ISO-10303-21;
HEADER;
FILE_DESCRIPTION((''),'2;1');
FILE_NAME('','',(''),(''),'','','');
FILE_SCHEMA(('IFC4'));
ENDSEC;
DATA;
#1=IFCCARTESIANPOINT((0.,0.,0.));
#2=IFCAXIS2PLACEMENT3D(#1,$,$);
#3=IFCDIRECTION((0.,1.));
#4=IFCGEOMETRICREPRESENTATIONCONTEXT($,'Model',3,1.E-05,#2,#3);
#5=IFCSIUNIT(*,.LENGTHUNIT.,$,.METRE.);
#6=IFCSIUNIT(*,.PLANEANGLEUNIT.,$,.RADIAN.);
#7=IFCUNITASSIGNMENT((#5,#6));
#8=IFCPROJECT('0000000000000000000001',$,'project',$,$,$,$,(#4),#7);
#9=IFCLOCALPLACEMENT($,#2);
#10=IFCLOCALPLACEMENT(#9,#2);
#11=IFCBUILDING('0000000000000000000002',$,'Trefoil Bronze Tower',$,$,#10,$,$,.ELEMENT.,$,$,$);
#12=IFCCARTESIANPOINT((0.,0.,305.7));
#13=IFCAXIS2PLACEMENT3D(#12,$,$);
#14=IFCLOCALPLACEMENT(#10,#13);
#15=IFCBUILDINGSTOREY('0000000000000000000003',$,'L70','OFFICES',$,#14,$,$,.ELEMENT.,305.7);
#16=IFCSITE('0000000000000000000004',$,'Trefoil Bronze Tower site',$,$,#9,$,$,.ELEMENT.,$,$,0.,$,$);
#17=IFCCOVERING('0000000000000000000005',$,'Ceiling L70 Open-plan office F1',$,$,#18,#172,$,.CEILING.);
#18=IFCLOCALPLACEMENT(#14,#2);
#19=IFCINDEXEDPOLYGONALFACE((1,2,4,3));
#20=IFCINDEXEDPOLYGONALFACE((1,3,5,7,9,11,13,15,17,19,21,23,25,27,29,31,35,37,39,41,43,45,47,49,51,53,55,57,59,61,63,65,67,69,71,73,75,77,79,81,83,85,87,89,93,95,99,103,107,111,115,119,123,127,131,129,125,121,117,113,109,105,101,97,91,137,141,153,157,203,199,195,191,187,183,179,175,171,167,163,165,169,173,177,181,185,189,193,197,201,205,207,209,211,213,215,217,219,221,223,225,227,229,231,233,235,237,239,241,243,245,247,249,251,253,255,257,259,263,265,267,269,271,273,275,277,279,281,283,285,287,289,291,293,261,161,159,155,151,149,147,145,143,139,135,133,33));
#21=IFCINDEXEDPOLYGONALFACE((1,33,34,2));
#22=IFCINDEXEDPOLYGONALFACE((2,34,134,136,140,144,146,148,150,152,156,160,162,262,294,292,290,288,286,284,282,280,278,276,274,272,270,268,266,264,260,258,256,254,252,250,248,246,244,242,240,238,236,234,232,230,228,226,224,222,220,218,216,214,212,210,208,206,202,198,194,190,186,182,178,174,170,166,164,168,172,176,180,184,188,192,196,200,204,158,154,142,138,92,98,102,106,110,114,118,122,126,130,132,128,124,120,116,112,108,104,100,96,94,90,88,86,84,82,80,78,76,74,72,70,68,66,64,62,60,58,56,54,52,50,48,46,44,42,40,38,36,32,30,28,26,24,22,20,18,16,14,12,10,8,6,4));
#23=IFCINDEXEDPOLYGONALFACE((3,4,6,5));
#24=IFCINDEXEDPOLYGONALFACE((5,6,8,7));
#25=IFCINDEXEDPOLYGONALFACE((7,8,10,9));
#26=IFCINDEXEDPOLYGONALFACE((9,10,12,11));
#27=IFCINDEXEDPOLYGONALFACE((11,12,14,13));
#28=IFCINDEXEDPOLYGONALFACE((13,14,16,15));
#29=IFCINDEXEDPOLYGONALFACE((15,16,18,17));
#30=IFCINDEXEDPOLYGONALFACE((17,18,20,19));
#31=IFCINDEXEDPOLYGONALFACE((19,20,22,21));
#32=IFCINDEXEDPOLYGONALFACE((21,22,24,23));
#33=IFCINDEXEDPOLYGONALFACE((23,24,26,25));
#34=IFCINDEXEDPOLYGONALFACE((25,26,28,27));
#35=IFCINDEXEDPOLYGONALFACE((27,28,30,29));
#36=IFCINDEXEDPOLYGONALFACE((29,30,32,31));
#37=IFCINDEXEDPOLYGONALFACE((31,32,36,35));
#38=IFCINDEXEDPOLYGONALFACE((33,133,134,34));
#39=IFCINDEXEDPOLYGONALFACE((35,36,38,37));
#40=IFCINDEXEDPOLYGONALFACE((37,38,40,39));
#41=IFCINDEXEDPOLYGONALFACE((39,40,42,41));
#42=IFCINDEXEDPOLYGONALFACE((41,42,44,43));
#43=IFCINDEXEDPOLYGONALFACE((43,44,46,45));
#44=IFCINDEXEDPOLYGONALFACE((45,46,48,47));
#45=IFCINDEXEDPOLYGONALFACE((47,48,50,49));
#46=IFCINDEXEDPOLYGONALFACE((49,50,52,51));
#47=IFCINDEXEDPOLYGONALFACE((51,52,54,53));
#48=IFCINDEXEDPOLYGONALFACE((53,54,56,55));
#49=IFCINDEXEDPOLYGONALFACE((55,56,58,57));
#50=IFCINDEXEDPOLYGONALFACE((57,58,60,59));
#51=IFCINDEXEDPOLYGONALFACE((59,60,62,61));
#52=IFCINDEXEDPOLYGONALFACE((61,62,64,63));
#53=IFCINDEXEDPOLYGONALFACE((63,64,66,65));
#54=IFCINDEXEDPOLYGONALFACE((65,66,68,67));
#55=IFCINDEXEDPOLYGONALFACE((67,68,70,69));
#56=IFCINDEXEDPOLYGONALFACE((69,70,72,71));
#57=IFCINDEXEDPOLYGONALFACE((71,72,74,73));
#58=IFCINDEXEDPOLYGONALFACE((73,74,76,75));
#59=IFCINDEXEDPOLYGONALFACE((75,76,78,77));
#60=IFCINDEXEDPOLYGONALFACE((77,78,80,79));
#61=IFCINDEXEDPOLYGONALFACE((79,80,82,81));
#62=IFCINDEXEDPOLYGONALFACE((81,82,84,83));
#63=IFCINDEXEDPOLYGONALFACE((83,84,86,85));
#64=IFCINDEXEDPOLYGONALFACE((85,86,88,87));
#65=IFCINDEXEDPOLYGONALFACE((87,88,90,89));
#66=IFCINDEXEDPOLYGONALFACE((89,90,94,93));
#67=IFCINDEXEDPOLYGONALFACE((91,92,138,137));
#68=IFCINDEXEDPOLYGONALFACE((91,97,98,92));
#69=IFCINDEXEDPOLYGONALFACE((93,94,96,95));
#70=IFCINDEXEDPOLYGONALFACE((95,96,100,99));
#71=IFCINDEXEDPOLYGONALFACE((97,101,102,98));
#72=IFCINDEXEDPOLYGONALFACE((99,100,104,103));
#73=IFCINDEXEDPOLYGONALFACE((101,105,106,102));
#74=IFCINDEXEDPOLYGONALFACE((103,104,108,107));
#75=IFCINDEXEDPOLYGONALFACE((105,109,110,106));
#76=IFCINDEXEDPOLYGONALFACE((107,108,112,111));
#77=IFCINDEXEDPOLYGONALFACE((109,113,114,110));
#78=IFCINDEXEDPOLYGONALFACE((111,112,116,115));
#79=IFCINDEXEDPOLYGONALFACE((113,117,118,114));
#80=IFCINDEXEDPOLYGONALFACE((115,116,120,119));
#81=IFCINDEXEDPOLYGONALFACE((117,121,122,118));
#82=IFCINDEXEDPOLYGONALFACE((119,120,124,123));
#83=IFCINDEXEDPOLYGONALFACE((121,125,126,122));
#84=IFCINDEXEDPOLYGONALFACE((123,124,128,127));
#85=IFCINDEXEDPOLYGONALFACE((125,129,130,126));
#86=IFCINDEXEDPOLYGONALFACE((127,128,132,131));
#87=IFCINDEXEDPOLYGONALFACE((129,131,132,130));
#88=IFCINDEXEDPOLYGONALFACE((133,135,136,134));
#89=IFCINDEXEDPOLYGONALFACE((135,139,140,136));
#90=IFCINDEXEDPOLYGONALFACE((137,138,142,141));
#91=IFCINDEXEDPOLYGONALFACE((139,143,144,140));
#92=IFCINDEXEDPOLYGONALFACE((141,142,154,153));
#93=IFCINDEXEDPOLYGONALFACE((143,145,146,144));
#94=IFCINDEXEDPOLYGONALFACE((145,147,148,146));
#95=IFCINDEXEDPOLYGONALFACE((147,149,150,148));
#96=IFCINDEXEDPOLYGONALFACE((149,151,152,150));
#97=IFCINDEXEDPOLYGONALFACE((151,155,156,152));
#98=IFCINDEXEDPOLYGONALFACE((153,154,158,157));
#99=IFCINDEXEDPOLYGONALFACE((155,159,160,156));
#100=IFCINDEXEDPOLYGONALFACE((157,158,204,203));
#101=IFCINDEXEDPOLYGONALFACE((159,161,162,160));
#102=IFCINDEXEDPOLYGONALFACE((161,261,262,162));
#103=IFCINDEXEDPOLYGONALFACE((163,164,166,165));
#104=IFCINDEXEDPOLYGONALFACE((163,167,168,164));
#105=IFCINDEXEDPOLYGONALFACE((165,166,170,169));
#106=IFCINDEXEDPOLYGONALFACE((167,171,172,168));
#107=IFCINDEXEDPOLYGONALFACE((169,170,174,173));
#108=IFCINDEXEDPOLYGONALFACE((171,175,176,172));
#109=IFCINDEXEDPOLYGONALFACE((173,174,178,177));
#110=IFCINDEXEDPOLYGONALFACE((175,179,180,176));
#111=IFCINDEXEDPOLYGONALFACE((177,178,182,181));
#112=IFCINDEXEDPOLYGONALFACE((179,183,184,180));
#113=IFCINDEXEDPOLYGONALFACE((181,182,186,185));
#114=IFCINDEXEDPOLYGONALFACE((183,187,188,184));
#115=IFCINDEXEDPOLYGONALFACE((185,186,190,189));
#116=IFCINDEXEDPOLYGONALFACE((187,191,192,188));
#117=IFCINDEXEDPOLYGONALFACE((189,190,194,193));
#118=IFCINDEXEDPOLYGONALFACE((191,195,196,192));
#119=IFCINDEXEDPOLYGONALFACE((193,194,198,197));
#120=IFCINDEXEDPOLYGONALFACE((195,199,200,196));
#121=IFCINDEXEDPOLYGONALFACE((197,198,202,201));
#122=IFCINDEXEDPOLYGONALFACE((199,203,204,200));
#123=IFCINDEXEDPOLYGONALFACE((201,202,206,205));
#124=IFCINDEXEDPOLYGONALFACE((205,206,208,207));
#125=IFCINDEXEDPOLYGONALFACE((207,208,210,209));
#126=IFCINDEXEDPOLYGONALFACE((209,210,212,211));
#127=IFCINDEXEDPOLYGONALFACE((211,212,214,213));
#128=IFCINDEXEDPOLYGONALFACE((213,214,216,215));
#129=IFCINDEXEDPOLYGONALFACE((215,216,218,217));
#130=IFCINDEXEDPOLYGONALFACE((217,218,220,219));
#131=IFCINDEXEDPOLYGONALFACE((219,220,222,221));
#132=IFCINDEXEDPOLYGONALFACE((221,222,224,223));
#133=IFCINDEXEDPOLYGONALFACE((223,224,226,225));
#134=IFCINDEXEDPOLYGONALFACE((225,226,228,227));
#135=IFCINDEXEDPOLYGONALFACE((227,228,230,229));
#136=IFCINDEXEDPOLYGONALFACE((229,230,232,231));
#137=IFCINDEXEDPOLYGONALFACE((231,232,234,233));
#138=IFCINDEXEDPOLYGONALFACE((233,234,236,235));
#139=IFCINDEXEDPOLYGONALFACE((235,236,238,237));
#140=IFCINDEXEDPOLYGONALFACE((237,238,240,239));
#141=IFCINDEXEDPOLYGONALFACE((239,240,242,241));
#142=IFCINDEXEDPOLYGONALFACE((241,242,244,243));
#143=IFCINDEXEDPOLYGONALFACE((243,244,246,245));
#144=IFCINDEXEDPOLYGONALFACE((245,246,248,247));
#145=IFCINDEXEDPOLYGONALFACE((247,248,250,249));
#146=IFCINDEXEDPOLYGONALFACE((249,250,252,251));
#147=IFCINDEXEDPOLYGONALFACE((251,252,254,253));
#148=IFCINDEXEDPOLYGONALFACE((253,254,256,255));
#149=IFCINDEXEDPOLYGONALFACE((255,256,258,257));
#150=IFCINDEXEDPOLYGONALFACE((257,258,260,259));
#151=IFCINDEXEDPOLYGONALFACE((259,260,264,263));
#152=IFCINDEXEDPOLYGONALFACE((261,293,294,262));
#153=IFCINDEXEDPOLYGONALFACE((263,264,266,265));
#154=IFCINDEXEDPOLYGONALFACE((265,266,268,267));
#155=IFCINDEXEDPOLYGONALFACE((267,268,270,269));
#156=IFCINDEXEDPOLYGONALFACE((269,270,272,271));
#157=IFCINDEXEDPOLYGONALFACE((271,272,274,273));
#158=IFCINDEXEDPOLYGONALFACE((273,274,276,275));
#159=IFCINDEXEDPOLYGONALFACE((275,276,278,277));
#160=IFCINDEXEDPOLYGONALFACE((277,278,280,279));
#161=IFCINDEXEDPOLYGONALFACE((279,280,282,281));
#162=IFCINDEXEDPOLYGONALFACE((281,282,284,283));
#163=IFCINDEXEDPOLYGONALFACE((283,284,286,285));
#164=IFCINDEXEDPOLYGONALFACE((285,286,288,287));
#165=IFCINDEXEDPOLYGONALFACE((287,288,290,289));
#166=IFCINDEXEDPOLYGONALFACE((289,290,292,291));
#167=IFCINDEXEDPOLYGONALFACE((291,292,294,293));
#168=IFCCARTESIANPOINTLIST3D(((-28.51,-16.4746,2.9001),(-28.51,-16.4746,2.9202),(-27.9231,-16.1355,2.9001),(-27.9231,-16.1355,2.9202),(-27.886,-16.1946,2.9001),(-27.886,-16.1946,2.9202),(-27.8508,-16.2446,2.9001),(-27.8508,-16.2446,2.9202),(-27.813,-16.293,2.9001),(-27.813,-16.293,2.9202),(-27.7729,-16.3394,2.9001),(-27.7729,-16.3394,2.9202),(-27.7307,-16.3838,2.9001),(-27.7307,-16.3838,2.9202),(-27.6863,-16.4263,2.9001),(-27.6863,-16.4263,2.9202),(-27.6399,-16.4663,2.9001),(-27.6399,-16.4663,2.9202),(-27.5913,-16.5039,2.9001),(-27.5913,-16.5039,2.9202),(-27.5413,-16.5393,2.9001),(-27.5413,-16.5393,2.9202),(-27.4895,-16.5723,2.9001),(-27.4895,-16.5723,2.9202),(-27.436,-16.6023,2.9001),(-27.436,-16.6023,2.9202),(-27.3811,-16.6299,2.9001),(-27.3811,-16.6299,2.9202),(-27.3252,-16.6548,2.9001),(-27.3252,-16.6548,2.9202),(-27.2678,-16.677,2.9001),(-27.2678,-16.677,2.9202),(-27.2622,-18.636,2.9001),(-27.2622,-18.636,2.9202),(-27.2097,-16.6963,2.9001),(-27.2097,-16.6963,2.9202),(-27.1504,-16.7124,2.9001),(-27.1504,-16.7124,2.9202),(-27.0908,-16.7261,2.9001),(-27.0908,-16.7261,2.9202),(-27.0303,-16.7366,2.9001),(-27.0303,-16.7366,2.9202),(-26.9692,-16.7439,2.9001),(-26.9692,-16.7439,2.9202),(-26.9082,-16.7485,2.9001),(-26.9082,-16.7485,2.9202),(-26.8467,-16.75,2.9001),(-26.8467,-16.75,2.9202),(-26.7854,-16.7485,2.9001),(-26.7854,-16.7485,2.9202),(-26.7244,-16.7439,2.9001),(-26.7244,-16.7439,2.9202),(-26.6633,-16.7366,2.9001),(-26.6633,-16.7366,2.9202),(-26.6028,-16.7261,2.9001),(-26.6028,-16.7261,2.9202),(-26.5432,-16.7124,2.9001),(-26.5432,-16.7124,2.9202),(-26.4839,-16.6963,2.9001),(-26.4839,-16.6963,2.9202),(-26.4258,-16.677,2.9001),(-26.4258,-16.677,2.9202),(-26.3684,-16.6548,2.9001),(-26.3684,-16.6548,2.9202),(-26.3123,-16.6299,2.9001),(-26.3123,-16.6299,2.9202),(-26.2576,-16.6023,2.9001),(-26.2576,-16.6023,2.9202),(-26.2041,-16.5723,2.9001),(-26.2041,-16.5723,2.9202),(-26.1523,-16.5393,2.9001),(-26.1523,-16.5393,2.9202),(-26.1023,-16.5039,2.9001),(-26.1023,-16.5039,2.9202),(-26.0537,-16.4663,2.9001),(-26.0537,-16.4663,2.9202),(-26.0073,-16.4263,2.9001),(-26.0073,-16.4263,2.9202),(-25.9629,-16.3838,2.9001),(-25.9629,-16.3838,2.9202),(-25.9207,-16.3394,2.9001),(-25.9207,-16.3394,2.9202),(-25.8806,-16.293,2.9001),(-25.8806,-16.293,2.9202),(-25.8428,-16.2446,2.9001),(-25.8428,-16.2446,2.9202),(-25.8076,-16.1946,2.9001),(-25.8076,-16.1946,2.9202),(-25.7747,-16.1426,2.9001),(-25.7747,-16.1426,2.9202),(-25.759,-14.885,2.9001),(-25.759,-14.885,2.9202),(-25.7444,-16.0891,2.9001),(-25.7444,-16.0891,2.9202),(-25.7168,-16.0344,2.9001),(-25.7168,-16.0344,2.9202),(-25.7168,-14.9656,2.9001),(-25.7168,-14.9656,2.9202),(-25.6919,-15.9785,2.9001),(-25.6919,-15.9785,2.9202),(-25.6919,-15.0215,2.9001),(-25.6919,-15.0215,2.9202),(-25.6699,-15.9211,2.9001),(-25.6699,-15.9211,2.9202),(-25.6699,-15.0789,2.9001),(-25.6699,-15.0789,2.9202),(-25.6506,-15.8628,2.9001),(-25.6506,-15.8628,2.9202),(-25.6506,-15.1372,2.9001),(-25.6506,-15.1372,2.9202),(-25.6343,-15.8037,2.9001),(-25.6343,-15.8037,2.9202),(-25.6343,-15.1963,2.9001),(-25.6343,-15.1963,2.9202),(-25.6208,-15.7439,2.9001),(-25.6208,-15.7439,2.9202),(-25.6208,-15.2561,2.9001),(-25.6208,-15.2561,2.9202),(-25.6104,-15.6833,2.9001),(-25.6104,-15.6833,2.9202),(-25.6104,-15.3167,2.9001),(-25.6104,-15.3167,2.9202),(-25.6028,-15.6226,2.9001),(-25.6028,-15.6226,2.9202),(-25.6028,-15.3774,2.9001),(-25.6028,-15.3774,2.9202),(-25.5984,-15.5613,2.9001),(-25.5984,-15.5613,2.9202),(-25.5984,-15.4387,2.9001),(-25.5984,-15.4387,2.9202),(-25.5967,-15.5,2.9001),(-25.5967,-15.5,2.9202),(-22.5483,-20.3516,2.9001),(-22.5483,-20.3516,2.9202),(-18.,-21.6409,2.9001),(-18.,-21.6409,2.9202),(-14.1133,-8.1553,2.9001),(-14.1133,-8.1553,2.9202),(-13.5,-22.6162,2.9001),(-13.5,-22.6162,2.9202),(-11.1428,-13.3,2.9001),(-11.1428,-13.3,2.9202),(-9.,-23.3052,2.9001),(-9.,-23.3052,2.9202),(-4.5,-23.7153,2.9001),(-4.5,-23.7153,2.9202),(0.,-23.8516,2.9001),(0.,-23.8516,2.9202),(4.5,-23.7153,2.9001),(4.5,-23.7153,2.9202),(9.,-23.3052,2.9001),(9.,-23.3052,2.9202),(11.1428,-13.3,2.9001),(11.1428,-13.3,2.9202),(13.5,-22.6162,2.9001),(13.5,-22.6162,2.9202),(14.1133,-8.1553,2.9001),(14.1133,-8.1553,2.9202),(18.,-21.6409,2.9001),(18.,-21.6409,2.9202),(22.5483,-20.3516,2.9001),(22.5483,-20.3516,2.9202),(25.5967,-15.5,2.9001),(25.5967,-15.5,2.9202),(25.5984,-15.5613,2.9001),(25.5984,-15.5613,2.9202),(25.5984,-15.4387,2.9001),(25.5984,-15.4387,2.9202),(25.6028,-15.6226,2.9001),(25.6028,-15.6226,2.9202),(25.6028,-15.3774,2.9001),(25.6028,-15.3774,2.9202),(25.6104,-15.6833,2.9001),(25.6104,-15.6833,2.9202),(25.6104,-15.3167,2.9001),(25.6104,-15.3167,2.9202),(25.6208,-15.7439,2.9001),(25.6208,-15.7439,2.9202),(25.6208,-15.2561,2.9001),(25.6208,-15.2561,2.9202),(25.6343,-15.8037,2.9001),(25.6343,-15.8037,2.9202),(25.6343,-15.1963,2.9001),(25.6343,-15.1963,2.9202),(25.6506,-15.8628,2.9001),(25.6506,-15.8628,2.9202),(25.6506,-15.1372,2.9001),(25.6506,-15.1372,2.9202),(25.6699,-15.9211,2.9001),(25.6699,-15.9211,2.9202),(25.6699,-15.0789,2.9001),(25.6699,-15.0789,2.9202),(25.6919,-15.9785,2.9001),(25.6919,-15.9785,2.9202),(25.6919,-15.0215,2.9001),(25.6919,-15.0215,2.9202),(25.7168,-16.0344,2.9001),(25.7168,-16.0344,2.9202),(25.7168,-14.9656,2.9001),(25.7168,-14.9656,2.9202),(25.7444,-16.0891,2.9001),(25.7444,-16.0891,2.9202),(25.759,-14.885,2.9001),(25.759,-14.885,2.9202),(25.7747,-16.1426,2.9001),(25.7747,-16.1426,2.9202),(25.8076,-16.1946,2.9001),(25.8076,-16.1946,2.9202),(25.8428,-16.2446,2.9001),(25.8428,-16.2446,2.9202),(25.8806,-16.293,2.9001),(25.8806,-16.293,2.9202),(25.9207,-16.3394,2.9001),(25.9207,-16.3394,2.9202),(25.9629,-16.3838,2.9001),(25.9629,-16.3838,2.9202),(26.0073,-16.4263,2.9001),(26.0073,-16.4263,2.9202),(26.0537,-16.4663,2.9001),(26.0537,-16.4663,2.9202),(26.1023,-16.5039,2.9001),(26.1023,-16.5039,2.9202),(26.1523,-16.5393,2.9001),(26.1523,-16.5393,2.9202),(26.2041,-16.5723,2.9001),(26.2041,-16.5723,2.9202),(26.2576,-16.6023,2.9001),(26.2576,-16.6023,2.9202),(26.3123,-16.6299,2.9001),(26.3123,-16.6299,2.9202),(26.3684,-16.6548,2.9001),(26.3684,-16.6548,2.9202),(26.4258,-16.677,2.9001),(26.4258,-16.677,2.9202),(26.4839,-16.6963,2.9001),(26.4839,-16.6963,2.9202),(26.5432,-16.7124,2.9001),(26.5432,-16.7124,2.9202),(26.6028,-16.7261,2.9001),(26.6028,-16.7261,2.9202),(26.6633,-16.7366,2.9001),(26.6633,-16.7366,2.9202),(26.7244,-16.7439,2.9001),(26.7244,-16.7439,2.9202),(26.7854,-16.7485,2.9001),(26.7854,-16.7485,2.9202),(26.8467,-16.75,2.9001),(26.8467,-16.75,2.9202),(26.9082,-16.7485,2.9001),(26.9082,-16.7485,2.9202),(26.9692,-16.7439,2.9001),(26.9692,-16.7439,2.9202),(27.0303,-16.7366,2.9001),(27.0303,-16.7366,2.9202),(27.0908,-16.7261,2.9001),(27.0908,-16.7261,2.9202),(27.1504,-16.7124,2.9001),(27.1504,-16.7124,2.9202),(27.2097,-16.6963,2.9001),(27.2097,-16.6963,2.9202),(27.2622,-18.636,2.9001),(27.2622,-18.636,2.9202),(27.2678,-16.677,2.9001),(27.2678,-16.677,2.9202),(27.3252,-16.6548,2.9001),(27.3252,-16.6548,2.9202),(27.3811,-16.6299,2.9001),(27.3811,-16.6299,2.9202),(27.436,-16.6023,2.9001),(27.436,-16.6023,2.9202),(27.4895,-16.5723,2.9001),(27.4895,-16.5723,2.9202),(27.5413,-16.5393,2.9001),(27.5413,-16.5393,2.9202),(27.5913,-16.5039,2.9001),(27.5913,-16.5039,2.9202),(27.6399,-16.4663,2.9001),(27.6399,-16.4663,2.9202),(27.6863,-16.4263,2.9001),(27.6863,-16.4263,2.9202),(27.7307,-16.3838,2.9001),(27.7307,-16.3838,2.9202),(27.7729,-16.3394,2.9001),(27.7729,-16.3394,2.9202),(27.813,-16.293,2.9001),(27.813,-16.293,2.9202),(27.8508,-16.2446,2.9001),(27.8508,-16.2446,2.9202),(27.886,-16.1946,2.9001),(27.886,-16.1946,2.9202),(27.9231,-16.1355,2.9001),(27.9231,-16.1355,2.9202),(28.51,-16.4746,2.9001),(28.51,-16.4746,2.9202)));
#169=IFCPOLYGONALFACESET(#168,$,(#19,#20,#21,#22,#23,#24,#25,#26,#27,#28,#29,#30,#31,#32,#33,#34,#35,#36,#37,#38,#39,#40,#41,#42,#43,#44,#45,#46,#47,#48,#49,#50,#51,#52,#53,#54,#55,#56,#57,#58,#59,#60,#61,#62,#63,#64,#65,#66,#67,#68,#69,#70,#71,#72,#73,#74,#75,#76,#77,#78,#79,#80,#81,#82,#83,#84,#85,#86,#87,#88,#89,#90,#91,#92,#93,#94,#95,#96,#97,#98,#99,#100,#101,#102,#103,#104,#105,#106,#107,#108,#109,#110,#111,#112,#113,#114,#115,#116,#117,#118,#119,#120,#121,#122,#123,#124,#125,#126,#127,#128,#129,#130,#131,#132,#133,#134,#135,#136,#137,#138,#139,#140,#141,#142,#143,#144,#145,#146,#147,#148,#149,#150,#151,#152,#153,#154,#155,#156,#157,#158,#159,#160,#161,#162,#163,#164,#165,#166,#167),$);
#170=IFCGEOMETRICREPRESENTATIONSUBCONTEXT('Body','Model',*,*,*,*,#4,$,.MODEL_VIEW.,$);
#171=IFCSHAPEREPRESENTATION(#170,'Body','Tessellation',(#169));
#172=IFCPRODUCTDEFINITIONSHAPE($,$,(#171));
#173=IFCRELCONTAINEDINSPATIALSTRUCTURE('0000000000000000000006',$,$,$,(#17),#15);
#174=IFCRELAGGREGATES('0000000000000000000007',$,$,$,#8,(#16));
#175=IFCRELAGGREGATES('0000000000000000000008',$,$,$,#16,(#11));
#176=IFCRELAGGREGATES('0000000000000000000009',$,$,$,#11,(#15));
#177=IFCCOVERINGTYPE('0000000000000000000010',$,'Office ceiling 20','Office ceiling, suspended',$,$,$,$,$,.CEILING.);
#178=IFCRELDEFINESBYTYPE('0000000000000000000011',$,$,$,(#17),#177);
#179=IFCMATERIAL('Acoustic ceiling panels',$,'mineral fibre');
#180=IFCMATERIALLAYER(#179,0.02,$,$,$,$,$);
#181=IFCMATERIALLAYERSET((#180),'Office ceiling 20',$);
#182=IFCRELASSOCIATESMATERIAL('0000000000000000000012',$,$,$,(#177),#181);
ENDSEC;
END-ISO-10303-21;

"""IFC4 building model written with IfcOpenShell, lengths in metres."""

from ifc_helpers import new_model, si_unit, direction, frame, origin, place, context, subcontext, project, spatial, polyline, outline, extrude, material, layer, layer_set, type_object, element, save


model = new_model("IFC4")

# Units and contexts
model_context = context("Model", 3, precision=1e-05, world=origin(), true_north=direction((0.0, 1.0)))
body_context = subcontext(model_context, "Body", "Model", "MODEL_VIEW")
ifc_project = project(units=[si_unit("LENGTHUNIT", "METRE"), si_unit("PLANEANGLEUNIT", "RADIAN")], contexts=[model_context])

# Site, building, storey
site_placement = place(None, origin())
site = spatial("IfcSite", under=ifc_project, at=site_placement, Name="Trefoil Bronze Tower site", CompositionType="ELEMENT", RefElevation=0.0)
building_placement = place(site_placement, origin())
building = spatial("IfcBuilding", under=site, at=building_placement, Name="Trefoil Bronze Tower", CompositionType="ELEMENT")
storey_placement = place(building_placement, frame((0.0, 0.0, 305.7)))
storey = spatial("IfcBuildingStorey", under=building, at=storey_placement, Name="L70", Description="OFFICES", CompositionType="ELEMENT", Elevation=305.7)

# Covering
ifc_material_1 = material(Name="Acoustic ceiling panels", Category="mineral fibre")
ifc_layer_1 = layer(ifc_material_1, 0.02)
ifc_layer_set_1 = layer_set([ifc_layer_1], Name="Office ceiling 20")
covering_type_1 = type_object("IfcCoveringType", Name="Office ceiling 20", Description="Office ceiling, suspended", PredefinedType="CEILING", material=ifc_layer_set_1)
covering_1_placement = place(storey_placement, frame((0.0, 0.0, 2.9001)))
element("IfcCovering", 1, at=covering_1_placement, inside=storey, type_object=covering_type_1, Name="Ceiling L70 Open-plan office F1", PredefinedType="CEILING", context=body_context, shape_type="SweptSolid", body=[
    extrude(outline(polyline([(-27.886, -16.1946), (-27.8508, -16.2446), (-27.813, -16.293), (-27.7729, -16.3394), (-27.7307, -16.3838), (-27.6863, -16.4263), (-27.6399, -16.4663), (-27.5913, -16.5039), (-27.5413, -16.5393), (-27.4895, -16.5723), (-27.436, -16.6023), (-27.3811, -16.6299), (-27.3252, -16.6548), (-27.2678, -16.677), (-27.2097, -16.6963), (-27.1504, -16.7124), (-27.0908, -16.7261), (-27.0303, -16.7366), (-26.9692, -16.7439), (-26.9082, -16.7485), (-26.8467, -16.75), (-26.7854, -16.7485), (-26.7244, -16.7439), (-26.6633, -16.7366), (-26.6028, -16.7261), (-26.5432, -16.7124), (-26.4839, -16.6963), (-26.4258, -16.677), (-26.3684, -16.6548), (-26.3123, -16.6299), (-26.2576, -16.6023), (-26.2041, -16.5723), (-26.1523, -16.5393), (-26.1023, -16.5039), (-26.0537, -16.4663), (-26.0073, -16.4263), (-25.9629, -16.3838), (-25.9207, -16.3394), (-25.8806, -16.293), (-25.8428, -16.2446), (-25.8076, -16.1946), (-25.7747, -16.1426), (-25.7444, -16.0891), (-25.7168, -16.0344), (-25.6919, -15.9785), (-25.6699, -15.9211), (-25.6506, -15.8628), (-25.6343, -15.8037), (-25.6208, -15.7439), (-25.6104, -15.6833), (-25.6028, -15.6226), (-25.5984, -15.5613), (-25.5967, -15.5), (-25.5984, -15.4387), (-25.6028, -15.3774), (-25.6104, -15.3167), (-25.6208, -15.2561), (-25.6343, -15.1963), (-25.6506, -15.1372), (-25.6699, -15.0789), (-25.6919, -15.0215), (-25.7168, -14.9656), (-25.759, -14.885), (-14.1133, -8.1553), (-11.1428, -13.3), (11.1428, -13.3), (14.1133, -8.1553), (25.759, -14.885), (25.7168, -14.9656), (25.6919, -15.0215), (25.6699, -15.0789), (25.6506, -15.1372), (25.6343, -15.1963), (25.6208, -15.2561), (25.6104, -15.3167), (25.6028, -15.3774), (25.5984, -15.4387), (25.5967, -15.5), (25.5984, -15.5613), (25.6028, -15.6226), (25.6104, -15.6833), (25.6208, -15.7439), (25.6343, -15.8037), (25.6506, -15.8628), (25.6699, -15.9211), (25.6919, -15.9785), (25.7168, -16.0344), (25.7444, -16.0891), (25.7747, -16.1426), (25.8076, -16.1946), (25.8428, -16.2446), (25.8806, -16.293), (25.9207, -16.3394), (25.9629, -16.3838), (26.0073, -16.4263), (26.0537, -16.4663), (26.1023, -16.5039), (26.1523, -16.5393), (26.2041, -16.5723), (26.2576, -16.6023), (26.3123, -16.6299), (26.3684, -16.6548), (26.4258, -16.677), (26.4839, -16.6963), (26.5432, -16.7124), (26.6028, -16.7261), (26.6633, -16.7366), (26.7244, -16.7439), (26.7854, -16.7485), (26.8467, -16.75), (26.9082, -16.7485), (26.9692, -16.7439), (27.0303, -16.7366), (27.0908, -16.7261), (27.1504, -16.7124), (27.2097, -16.6963), (27.2678, -16.677), (27.3252, -16.6548), (27.3811, -16.6299), (27.436, -16.6023), (27.4895, -16.5723), (27.5413, -16.5393), (27.5913, -16.5039), (27.6399, -16.4663), (27.6863, -16.4263), (27.7307, -16.3838), (27.7729, -16.3394), (27.813, -16.293), (27.8508, -16.2446), (27.886, -16.1946), (27.9231, -16.1355), (28.51, -16.4746), (27.2622, -18.636), (22.5483, -20.3516), (18.0, -21.6409), (13.5, -22.6162), (9.0, -23.3052), (4.5, -23.7153), (0.0, -23.8516), (-4.5, -23.7153), (-9.0, -23.3052), (-13.5, -22.6162), (-18.0, -21.6409), (-22.5483, -20.3516), (-27.2622, -18.636), (-28.51, -16.4746), (-27.9231, -16.1355), (-27.886, -16.1946)])), origin(), (0.0, 0.0, 1.0), 0.02),
])

save(model, "model.ifc")
